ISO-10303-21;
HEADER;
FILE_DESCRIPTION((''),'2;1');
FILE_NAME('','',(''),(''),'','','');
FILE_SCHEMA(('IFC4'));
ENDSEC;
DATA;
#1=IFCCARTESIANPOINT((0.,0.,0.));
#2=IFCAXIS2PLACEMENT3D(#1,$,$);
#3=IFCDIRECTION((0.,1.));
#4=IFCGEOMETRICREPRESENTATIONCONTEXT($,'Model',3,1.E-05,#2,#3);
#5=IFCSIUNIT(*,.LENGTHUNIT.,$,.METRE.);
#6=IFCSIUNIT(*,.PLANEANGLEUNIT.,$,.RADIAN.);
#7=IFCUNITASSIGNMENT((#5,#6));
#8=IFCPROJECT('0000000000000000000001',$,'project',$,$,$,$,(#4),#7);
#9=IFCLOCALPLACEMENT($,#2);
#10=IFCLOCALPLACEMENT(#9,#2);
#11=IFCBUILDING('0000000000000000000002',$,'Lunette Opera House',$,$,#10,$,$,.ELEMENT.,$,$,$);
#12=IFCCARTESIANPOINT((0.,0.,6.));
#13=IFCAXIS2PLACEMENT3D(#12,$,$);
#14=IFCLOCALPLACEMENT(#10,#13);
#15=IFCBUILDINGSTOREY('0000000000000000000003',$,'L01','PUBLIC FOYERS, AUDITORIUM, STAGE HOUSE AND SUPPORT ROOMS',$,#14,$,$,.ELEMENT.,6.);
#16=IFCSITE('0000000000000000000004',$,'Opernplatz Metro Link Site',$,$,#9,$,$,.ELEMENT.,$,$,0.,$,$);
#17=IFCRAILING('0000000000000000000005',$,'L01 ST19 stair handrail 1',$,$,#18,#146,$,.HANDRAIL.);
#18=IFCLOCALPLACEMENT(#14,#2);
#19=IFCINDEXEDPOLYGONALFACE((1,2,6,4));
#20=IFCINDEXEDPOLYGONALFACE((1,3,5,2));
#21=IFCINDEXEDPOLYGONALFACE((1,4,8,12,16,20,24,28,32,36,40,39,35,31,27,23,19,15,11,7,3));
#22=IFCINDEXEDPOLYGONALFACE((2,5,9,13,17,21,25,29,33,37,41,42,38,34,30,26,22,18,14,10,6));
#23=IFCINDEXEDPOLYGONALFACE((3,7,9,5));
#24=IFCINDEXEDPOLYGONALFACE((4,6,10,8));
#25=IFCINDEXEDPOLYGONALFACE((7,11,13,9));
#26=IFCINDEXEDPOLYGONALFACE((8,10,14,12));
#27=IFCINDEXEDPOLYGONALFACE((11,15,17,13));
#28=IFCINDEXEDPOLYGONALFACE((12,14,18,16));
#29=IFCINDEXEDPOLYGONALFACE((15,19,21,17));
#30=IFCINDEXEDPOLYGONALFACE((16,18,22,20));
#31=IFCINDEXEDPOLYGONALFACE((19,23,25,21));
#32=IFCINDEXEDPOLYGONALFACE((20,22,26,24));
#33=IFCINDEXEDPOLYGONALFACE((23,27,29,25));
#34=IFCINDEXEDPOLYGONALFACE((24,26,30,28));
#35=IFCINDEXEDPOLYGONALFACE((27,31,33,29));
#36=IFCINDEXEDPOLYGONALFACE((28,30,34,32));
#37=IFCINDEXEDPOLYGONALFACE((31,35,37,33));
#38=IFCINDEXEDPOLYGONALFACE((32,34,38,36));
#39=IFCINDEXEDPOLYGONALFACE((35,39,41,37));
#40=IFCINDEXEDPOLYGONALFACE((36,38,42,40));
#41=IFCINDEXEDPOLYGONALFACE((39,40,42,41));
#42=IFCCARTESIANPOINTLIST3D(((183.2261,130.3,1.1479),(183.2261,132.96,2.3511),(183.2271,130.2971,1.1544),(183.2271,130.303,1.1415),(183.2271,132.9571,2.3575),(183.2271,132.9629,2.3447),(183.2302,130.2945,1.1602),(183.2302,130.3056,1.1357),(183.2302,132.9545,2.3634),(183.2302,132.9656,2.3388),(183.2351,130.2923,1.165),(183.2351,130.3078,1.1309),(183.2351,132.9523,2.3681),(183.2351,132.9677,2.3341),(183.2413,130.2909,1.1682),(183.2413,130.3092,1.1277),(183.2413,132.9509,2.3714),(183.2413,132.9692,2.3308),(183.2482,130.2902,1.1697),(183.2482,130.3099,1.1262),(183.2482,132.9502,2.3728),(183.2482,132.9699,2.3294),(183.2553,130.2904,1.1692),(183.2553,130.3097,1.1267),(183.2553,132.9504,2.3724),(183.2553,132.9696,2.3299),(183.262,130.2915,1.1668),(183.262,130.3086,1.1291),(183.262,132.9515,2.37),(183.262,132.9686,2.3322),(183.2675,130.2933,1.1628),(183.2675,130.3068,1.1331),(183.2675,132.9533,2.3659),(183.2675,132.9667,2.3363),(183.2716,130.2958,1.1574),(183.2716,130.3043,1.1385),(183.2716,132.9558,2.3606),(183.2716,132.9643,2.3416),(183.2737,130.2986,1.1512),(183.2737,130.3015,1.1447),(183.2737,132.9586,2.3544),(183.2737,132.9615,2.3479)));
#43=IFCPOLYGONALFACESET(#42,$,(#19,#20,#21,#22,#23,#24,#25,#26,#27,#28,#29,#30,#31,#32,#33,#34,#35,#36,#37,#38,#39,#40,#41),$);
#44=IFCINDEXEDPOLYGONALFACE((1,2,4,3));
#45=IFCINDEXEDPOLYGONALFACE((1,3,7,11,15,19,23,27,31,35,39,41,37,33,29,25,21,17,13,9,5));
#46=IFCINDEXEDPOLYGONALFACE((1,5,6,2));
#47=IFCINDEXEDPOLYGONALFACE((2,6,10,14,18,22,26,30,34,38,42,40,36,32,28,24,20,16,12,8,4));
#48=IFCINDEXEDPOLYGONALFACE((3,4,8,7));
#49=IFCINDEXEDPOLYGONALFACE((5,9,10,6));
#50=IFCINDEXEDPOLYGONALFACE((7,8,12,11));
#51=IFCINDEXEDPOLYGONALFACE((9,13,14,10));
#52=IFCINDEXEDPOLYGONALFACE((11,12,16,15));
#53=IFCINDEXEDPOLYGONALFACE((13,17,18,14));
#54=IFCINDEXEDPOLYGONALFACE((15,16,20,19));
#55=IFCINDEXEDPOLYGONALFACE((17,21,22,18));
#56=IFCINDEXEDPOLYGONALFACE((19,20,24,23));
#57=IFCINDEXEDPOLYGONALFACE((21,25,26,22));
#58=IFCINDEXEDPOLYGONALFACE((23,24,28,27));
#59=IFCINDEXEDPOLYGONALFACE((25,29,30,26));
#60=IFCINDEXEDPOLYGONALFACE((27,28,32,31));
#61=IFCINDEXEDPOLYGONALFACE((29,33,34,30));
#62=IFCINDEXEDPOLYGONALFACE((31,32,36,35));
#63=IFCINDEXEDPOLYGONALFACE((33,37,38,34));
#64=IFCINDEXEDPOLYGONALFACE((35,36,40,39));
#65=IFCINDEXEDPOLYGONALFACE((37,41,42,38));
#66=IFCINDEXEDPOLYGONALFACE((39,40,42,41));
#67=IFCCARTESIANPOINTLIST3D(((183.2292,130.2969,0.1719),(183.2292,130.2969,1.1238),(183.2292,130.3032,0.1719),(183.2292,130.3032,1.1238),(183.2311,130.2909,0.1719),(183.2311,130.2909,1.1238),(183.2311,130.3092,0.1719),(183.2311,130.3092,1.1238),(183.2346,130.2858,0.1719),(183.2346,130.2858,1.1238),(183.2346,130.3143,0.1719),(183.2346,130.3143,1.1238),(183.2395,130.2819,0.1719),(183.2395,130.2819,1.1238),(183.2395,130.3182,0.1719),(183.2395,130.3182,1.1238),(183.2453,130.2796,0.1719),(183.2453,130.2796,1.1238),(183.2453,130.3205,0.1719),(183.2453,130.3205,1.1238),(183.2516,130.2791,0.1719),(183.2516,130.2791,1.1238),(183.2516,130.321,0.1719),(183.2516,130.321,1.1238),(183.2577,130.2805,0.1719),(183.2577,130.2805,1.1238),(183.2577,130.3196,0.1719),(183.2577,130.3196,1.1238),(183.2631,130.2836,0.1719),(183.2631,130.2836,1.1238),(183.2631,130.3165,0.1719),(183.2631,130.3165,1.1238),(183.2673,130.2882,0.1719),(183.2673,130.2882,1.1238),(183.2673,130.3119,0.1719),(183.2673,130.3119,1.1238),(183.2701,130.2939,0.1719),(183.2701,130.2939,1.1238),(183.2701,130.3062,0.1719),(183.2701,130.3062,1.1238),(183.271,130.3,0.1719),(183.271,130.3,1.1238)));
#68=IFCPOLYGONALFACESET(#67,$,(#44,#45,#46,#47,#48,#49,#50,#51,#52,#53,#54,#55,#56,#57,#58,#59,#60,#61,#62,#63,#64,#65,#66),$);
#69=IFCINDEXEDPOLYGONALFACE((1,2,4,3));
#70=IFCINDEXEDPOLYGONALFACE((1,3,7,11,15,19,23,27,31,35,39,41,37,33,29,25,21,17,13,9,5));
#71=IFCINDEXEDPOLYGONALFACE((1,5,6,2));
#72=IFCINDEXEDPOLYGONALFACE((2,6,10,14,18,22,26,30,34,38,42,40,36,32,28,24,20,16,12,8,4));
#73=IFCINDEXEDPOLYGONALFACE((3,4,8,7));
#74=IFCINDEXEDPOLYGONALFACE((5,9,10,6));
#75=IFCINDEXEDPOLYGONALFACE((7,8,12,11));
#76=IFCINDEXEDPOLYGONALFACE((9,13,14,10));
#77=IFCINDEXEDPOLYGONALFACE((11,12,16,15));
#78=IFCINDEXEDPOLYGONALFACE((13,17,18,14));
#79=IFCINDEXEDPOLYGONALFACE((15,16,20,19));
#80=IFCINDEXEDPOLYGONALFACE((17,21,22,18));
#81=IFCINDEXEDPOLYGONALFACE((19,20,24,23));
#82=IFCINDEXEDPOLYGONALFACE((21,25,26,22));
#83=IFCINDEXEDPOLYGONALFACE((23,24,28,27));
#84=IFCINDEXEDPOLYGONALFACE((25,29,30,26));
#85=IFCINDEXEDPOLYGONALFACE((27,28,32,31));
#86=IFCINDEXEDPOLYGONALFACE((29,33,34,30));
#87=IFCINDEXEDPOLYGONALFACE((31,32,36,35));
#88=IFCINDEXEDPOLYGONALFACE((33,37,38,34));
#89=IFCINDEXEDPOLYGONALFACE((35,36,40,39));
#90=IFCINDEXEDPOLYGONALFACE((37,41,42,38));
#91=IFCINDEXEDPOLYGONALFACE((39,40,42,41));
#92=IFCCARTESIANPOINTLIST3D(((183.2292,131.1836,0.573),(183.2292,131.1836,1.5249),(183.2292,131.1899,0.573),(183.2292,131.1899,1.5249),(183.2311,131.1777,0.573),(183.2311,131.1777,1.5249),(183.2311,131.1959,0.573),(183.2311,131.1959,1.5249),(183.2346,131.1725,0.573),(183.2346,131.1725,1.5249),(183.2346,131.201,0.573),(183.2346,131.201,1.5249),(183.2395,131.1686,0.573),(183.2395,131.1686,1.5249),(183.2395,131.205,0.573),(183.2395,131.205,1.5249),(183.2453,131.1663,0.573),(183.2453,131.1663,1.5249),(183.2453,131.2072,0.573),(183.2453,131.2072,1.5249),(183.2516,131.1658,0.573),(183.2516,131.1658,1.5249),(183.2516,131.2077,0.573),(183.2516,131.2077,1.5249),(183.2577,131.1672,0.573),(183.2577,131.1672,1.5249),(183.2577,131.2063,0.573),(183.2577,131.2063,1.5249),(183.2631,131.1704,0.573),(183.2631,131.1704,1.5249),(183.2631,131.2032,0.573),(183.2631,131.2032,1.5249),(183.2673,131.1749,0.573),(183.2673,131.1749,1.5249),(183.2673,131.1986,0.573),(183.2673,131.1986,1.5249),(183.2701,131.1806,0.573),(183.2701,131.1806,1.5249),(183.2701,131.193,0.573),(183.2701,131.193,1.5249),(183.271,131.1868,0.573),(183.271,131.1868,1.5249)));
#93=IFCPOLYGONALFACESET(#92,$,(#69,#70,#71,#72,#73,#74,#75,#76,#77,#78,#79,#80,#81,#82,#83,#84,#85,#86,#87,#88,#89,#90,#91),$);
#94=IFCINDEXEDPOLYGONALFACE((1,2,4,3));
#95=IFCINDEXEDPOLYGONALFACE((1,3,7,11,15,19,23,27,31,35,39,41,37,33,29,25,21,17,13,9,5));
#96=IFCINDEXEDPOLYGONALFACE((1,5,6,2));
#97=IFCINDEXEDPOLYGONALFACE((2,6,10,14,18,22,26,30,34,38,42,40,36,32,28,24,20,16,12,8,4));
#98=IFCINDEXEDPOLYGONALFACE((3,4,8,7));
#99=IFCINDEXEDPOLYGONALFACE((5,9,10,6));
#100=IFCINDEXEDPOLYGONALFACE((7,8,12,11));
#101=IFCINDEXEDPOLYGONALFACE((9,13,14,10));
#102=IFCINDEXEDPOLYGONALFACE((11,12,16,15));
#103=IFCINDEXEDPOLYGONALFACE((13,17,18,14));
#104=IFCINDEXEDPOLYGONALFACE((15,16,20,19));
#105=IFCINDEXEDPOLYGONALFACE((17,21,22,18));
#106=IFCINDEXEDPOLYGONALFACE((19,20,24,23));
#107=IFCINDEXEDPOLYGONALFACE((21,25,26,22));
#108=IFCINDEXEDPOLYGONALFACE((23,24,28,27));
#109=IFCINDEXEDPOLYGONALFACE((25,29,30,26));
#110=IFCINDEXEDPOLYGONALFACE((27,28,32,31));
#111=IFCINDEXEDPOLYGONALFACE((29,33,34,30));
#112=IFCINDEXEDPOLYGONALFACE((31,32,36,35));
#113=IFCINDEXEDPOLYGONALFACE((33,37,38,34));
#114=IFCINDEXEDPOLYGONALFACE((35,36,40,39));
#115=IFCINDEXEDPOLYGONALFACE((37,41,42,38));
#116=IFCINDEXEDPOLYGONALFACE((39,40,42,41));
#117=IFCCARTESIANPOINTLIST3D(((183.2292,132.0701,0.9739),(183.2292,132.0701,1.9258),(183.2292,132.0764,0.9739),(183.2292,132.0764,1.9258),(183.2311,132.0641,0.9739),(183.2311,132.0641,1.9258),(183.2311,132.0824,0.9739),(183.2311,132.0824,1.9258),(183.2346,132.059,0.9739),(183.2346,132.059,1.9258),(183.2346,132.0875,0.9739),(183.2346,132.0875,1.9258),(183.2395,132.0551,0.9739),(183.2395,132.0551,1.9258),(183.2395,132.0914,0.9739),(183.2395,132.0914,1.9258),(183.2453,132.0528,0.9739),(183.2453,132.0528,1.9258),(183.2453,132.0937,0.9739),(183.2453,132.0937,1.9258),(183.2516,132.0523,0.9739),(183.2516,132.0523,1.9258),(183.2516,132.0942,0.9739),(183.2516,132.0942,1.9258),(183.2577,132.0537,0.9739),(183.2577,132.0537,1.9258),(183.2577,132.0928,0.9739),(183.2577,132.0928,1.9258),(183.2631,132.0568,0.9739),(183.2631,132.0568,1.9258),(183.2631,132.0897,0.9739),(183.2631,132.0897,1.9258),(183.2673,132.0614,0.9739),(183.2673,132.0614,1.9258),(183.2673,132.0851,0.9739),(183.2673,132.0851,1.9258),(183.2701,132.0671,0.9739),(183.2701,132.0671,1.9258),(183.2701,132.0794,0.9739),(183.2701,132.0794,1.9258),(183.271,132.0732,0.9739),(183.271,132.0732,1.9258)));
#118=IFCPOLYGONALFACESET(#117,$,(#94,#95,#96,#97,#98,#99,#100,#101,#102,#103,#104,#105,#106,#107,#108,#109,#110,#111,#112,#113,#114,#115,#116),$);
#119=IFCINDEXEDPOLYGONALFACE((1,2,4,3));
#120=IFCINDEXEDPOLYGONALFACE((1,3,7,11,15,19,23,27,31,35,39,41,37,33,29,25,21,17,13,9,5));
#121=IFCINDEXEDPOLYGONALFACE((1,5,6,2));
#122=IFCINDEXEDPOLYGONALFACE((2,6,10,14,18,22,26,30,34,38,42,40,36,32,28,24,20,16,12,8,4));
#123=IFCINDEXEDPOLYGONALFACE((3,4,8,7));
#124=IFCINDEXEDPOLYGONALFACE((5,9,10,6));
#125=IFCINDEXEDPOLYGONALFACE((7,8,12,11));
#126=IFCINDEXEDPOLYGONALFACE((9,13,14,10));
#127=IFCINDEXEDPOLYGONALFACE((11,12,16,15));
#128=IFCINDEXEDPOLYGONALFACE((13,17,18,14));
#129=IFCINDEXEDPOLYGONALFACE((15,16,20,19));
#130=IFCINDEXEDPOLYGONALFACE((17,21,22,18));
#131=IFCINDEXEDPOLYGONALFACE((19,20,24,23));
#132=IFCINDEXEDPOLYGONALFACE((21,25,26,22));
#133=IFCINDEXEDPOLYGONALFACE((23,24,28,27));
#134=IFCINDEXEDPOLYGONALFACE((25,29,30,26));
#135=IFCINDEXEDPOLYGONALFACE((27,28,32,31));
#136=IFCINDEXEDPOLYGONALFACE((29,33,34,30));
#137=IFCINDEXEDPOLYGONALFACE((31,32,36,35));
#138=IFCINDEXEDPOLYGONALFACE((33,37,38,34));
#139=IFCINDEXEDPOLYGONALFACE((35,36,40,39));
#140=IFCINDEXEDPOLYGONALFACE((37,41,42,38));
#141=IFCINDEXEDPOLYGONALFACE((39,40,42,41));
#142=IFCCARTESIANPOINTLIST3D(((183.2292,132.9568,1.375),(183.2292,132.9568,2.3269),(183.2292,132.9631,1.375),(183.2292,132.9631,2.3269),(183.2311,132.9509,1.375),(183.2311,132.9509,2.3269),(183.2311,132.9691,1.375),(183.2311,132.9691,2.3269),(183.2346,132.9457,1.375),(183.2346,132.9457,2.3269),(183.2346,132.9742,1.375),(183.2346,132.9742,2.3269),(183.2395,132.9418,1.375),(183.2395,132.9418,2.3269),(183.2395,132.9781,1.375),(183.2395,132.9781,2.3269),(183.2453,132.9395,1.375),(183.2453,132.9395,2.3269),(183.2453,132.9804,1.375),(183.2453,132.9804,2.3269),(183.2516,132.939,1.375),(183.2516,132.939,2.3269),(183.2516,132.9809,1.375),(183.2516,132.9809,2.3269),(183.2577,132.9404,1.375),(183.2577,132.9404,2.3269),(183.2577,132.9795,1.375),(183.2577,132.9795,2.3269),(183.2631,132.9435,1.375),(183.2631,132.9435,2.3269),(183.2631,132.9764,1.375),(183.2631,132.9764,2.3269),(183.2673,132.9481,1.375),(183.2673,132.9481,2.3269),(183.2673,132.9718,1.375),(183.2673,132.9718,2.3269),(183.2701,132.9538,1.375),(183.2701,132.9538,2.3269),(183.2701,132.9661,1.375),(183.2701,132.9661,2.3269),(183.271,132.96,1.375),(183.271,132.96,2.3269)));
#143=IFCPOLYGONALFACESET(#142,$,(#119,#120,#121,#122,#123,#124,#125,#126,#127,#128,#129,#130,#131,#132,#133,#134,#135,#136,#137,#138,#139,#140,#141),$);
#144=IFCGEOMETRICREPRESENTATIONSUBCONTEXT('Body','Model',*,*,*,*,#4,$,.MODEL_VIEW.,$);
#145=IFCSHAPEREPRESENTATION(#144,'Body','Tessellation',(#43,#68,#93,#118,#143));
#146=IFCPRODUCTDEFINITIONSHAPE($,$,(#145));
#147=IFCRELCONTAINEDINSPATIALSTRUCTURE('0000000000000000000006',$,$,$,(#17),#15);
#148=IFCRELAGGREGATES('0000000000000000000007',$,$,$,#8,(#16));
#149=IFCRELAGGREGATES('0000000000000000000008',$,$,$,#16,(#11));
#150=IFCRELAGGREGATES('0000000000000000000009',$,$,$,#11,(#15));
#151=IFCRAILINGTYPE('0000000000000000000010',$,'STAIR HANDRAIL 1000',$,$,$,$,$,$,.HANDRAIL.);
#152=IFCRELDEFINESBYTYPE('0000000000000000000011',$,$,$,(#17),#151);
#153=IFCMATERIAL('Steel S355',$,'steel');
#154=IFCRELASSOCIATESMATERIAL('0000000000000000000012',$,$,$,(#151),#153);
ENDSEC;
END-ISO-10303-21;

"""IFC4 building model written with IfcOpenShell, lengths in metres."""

from ifc_helpers import new_model, si_unit, direction, frame, origin, origin_2d, place, context, subcontext, project, spatial, circle, extrude, material, type_object, element, save


model = new_model("IFC4")

# Units and contexts
model_context = context("Model", 3, precision=1e-05, world=origin(), true_north=direction((0.0, 1.0)))
body_context = subcontext(model_context, "Body", "Model", "MODEL_VIEW")
ifc_project = project(units=[si_unit("LENGTHUNIT", "METRE"), si_unit("PLANEANGLEUNIT", "RADIAN")], contexts=[model_context])

# Site, building, storey
site_placement = place(None, origin())
site = spatial("IfcSite", under=ifc_project, at=site_placement, Name="Opernplatz Metro Link Site", CompositionType="ELEMENT", RefElevation=0.0)
building_placement = place(site_placement, origin())
building = spatial("IfcBuilding", under=site, at=building_placement, Name="Lunette Opera House", CompositionType="ELEMENT")
storey_placement = place(building_placement, frame((0.0, 0.0, 6.0)))
storey = spatial("IfcBuildingStorey", under=building, at=storey_placement, Name="L01", Description="PUBLIC FOYERS, AUDITORIUM, STAGE HOUSE AND SUPPORT ROOMS", CompositionType="ELEMENT", Elevation=6.0)

# Railing
ifc_material_1 = material(Name="Steel S355", Category="steel")
railing_type_1 = type_object("IfcRailingType", Name="STAIR HANDRAIL 1000", PredefinedType="HANDRAIL", material=ifc_material_1)
railing_1_placement = place(storey_placement, frame((183.25, 130.3, 0.1719)))
element("IfcRailing", 1, at=railing_1_placement, inside=storey, type_object=railing_type_1, Name="L01 ST19 stair handrail 1", PredefinedType="HANDRAIL", context=body_context, shape_type="SweptSolid", body=[
    extrude(circle(Radius=0.0239, at=origin_2d()), frame((0.0, 0.0, 0.9761), z_axis=(0.0, 0.91113, 0.41212), x_axis=(-1.0, 0.0, 0.0)), (0.0, 0.0, 1.0), 2.9194),
    extrude(circle(Radius=0.021, at=origin_2d()), origin(), (0.0, 0.0, 1.0), 0.9519),
    extrude(circle(Radius=0.021, at=origin_2d()), frame((0.0, 0.8867, 0.4011)), (0.0, 0.0, 1.0), 0.9519),
    extrude(circle(Radius=0.021, at=origin_2d()), frame((0.0, 1.7732, 0.802)), (0.0, 0.0, 1.0), 0.9519),
    extrude(circle(Radius=0.021, at=origin_2d()), frame((0.0, 2.6599, 1.2031)), (0.0, 0.0, 1.0), 0.9519),
])

save(model, "model.ifc")
